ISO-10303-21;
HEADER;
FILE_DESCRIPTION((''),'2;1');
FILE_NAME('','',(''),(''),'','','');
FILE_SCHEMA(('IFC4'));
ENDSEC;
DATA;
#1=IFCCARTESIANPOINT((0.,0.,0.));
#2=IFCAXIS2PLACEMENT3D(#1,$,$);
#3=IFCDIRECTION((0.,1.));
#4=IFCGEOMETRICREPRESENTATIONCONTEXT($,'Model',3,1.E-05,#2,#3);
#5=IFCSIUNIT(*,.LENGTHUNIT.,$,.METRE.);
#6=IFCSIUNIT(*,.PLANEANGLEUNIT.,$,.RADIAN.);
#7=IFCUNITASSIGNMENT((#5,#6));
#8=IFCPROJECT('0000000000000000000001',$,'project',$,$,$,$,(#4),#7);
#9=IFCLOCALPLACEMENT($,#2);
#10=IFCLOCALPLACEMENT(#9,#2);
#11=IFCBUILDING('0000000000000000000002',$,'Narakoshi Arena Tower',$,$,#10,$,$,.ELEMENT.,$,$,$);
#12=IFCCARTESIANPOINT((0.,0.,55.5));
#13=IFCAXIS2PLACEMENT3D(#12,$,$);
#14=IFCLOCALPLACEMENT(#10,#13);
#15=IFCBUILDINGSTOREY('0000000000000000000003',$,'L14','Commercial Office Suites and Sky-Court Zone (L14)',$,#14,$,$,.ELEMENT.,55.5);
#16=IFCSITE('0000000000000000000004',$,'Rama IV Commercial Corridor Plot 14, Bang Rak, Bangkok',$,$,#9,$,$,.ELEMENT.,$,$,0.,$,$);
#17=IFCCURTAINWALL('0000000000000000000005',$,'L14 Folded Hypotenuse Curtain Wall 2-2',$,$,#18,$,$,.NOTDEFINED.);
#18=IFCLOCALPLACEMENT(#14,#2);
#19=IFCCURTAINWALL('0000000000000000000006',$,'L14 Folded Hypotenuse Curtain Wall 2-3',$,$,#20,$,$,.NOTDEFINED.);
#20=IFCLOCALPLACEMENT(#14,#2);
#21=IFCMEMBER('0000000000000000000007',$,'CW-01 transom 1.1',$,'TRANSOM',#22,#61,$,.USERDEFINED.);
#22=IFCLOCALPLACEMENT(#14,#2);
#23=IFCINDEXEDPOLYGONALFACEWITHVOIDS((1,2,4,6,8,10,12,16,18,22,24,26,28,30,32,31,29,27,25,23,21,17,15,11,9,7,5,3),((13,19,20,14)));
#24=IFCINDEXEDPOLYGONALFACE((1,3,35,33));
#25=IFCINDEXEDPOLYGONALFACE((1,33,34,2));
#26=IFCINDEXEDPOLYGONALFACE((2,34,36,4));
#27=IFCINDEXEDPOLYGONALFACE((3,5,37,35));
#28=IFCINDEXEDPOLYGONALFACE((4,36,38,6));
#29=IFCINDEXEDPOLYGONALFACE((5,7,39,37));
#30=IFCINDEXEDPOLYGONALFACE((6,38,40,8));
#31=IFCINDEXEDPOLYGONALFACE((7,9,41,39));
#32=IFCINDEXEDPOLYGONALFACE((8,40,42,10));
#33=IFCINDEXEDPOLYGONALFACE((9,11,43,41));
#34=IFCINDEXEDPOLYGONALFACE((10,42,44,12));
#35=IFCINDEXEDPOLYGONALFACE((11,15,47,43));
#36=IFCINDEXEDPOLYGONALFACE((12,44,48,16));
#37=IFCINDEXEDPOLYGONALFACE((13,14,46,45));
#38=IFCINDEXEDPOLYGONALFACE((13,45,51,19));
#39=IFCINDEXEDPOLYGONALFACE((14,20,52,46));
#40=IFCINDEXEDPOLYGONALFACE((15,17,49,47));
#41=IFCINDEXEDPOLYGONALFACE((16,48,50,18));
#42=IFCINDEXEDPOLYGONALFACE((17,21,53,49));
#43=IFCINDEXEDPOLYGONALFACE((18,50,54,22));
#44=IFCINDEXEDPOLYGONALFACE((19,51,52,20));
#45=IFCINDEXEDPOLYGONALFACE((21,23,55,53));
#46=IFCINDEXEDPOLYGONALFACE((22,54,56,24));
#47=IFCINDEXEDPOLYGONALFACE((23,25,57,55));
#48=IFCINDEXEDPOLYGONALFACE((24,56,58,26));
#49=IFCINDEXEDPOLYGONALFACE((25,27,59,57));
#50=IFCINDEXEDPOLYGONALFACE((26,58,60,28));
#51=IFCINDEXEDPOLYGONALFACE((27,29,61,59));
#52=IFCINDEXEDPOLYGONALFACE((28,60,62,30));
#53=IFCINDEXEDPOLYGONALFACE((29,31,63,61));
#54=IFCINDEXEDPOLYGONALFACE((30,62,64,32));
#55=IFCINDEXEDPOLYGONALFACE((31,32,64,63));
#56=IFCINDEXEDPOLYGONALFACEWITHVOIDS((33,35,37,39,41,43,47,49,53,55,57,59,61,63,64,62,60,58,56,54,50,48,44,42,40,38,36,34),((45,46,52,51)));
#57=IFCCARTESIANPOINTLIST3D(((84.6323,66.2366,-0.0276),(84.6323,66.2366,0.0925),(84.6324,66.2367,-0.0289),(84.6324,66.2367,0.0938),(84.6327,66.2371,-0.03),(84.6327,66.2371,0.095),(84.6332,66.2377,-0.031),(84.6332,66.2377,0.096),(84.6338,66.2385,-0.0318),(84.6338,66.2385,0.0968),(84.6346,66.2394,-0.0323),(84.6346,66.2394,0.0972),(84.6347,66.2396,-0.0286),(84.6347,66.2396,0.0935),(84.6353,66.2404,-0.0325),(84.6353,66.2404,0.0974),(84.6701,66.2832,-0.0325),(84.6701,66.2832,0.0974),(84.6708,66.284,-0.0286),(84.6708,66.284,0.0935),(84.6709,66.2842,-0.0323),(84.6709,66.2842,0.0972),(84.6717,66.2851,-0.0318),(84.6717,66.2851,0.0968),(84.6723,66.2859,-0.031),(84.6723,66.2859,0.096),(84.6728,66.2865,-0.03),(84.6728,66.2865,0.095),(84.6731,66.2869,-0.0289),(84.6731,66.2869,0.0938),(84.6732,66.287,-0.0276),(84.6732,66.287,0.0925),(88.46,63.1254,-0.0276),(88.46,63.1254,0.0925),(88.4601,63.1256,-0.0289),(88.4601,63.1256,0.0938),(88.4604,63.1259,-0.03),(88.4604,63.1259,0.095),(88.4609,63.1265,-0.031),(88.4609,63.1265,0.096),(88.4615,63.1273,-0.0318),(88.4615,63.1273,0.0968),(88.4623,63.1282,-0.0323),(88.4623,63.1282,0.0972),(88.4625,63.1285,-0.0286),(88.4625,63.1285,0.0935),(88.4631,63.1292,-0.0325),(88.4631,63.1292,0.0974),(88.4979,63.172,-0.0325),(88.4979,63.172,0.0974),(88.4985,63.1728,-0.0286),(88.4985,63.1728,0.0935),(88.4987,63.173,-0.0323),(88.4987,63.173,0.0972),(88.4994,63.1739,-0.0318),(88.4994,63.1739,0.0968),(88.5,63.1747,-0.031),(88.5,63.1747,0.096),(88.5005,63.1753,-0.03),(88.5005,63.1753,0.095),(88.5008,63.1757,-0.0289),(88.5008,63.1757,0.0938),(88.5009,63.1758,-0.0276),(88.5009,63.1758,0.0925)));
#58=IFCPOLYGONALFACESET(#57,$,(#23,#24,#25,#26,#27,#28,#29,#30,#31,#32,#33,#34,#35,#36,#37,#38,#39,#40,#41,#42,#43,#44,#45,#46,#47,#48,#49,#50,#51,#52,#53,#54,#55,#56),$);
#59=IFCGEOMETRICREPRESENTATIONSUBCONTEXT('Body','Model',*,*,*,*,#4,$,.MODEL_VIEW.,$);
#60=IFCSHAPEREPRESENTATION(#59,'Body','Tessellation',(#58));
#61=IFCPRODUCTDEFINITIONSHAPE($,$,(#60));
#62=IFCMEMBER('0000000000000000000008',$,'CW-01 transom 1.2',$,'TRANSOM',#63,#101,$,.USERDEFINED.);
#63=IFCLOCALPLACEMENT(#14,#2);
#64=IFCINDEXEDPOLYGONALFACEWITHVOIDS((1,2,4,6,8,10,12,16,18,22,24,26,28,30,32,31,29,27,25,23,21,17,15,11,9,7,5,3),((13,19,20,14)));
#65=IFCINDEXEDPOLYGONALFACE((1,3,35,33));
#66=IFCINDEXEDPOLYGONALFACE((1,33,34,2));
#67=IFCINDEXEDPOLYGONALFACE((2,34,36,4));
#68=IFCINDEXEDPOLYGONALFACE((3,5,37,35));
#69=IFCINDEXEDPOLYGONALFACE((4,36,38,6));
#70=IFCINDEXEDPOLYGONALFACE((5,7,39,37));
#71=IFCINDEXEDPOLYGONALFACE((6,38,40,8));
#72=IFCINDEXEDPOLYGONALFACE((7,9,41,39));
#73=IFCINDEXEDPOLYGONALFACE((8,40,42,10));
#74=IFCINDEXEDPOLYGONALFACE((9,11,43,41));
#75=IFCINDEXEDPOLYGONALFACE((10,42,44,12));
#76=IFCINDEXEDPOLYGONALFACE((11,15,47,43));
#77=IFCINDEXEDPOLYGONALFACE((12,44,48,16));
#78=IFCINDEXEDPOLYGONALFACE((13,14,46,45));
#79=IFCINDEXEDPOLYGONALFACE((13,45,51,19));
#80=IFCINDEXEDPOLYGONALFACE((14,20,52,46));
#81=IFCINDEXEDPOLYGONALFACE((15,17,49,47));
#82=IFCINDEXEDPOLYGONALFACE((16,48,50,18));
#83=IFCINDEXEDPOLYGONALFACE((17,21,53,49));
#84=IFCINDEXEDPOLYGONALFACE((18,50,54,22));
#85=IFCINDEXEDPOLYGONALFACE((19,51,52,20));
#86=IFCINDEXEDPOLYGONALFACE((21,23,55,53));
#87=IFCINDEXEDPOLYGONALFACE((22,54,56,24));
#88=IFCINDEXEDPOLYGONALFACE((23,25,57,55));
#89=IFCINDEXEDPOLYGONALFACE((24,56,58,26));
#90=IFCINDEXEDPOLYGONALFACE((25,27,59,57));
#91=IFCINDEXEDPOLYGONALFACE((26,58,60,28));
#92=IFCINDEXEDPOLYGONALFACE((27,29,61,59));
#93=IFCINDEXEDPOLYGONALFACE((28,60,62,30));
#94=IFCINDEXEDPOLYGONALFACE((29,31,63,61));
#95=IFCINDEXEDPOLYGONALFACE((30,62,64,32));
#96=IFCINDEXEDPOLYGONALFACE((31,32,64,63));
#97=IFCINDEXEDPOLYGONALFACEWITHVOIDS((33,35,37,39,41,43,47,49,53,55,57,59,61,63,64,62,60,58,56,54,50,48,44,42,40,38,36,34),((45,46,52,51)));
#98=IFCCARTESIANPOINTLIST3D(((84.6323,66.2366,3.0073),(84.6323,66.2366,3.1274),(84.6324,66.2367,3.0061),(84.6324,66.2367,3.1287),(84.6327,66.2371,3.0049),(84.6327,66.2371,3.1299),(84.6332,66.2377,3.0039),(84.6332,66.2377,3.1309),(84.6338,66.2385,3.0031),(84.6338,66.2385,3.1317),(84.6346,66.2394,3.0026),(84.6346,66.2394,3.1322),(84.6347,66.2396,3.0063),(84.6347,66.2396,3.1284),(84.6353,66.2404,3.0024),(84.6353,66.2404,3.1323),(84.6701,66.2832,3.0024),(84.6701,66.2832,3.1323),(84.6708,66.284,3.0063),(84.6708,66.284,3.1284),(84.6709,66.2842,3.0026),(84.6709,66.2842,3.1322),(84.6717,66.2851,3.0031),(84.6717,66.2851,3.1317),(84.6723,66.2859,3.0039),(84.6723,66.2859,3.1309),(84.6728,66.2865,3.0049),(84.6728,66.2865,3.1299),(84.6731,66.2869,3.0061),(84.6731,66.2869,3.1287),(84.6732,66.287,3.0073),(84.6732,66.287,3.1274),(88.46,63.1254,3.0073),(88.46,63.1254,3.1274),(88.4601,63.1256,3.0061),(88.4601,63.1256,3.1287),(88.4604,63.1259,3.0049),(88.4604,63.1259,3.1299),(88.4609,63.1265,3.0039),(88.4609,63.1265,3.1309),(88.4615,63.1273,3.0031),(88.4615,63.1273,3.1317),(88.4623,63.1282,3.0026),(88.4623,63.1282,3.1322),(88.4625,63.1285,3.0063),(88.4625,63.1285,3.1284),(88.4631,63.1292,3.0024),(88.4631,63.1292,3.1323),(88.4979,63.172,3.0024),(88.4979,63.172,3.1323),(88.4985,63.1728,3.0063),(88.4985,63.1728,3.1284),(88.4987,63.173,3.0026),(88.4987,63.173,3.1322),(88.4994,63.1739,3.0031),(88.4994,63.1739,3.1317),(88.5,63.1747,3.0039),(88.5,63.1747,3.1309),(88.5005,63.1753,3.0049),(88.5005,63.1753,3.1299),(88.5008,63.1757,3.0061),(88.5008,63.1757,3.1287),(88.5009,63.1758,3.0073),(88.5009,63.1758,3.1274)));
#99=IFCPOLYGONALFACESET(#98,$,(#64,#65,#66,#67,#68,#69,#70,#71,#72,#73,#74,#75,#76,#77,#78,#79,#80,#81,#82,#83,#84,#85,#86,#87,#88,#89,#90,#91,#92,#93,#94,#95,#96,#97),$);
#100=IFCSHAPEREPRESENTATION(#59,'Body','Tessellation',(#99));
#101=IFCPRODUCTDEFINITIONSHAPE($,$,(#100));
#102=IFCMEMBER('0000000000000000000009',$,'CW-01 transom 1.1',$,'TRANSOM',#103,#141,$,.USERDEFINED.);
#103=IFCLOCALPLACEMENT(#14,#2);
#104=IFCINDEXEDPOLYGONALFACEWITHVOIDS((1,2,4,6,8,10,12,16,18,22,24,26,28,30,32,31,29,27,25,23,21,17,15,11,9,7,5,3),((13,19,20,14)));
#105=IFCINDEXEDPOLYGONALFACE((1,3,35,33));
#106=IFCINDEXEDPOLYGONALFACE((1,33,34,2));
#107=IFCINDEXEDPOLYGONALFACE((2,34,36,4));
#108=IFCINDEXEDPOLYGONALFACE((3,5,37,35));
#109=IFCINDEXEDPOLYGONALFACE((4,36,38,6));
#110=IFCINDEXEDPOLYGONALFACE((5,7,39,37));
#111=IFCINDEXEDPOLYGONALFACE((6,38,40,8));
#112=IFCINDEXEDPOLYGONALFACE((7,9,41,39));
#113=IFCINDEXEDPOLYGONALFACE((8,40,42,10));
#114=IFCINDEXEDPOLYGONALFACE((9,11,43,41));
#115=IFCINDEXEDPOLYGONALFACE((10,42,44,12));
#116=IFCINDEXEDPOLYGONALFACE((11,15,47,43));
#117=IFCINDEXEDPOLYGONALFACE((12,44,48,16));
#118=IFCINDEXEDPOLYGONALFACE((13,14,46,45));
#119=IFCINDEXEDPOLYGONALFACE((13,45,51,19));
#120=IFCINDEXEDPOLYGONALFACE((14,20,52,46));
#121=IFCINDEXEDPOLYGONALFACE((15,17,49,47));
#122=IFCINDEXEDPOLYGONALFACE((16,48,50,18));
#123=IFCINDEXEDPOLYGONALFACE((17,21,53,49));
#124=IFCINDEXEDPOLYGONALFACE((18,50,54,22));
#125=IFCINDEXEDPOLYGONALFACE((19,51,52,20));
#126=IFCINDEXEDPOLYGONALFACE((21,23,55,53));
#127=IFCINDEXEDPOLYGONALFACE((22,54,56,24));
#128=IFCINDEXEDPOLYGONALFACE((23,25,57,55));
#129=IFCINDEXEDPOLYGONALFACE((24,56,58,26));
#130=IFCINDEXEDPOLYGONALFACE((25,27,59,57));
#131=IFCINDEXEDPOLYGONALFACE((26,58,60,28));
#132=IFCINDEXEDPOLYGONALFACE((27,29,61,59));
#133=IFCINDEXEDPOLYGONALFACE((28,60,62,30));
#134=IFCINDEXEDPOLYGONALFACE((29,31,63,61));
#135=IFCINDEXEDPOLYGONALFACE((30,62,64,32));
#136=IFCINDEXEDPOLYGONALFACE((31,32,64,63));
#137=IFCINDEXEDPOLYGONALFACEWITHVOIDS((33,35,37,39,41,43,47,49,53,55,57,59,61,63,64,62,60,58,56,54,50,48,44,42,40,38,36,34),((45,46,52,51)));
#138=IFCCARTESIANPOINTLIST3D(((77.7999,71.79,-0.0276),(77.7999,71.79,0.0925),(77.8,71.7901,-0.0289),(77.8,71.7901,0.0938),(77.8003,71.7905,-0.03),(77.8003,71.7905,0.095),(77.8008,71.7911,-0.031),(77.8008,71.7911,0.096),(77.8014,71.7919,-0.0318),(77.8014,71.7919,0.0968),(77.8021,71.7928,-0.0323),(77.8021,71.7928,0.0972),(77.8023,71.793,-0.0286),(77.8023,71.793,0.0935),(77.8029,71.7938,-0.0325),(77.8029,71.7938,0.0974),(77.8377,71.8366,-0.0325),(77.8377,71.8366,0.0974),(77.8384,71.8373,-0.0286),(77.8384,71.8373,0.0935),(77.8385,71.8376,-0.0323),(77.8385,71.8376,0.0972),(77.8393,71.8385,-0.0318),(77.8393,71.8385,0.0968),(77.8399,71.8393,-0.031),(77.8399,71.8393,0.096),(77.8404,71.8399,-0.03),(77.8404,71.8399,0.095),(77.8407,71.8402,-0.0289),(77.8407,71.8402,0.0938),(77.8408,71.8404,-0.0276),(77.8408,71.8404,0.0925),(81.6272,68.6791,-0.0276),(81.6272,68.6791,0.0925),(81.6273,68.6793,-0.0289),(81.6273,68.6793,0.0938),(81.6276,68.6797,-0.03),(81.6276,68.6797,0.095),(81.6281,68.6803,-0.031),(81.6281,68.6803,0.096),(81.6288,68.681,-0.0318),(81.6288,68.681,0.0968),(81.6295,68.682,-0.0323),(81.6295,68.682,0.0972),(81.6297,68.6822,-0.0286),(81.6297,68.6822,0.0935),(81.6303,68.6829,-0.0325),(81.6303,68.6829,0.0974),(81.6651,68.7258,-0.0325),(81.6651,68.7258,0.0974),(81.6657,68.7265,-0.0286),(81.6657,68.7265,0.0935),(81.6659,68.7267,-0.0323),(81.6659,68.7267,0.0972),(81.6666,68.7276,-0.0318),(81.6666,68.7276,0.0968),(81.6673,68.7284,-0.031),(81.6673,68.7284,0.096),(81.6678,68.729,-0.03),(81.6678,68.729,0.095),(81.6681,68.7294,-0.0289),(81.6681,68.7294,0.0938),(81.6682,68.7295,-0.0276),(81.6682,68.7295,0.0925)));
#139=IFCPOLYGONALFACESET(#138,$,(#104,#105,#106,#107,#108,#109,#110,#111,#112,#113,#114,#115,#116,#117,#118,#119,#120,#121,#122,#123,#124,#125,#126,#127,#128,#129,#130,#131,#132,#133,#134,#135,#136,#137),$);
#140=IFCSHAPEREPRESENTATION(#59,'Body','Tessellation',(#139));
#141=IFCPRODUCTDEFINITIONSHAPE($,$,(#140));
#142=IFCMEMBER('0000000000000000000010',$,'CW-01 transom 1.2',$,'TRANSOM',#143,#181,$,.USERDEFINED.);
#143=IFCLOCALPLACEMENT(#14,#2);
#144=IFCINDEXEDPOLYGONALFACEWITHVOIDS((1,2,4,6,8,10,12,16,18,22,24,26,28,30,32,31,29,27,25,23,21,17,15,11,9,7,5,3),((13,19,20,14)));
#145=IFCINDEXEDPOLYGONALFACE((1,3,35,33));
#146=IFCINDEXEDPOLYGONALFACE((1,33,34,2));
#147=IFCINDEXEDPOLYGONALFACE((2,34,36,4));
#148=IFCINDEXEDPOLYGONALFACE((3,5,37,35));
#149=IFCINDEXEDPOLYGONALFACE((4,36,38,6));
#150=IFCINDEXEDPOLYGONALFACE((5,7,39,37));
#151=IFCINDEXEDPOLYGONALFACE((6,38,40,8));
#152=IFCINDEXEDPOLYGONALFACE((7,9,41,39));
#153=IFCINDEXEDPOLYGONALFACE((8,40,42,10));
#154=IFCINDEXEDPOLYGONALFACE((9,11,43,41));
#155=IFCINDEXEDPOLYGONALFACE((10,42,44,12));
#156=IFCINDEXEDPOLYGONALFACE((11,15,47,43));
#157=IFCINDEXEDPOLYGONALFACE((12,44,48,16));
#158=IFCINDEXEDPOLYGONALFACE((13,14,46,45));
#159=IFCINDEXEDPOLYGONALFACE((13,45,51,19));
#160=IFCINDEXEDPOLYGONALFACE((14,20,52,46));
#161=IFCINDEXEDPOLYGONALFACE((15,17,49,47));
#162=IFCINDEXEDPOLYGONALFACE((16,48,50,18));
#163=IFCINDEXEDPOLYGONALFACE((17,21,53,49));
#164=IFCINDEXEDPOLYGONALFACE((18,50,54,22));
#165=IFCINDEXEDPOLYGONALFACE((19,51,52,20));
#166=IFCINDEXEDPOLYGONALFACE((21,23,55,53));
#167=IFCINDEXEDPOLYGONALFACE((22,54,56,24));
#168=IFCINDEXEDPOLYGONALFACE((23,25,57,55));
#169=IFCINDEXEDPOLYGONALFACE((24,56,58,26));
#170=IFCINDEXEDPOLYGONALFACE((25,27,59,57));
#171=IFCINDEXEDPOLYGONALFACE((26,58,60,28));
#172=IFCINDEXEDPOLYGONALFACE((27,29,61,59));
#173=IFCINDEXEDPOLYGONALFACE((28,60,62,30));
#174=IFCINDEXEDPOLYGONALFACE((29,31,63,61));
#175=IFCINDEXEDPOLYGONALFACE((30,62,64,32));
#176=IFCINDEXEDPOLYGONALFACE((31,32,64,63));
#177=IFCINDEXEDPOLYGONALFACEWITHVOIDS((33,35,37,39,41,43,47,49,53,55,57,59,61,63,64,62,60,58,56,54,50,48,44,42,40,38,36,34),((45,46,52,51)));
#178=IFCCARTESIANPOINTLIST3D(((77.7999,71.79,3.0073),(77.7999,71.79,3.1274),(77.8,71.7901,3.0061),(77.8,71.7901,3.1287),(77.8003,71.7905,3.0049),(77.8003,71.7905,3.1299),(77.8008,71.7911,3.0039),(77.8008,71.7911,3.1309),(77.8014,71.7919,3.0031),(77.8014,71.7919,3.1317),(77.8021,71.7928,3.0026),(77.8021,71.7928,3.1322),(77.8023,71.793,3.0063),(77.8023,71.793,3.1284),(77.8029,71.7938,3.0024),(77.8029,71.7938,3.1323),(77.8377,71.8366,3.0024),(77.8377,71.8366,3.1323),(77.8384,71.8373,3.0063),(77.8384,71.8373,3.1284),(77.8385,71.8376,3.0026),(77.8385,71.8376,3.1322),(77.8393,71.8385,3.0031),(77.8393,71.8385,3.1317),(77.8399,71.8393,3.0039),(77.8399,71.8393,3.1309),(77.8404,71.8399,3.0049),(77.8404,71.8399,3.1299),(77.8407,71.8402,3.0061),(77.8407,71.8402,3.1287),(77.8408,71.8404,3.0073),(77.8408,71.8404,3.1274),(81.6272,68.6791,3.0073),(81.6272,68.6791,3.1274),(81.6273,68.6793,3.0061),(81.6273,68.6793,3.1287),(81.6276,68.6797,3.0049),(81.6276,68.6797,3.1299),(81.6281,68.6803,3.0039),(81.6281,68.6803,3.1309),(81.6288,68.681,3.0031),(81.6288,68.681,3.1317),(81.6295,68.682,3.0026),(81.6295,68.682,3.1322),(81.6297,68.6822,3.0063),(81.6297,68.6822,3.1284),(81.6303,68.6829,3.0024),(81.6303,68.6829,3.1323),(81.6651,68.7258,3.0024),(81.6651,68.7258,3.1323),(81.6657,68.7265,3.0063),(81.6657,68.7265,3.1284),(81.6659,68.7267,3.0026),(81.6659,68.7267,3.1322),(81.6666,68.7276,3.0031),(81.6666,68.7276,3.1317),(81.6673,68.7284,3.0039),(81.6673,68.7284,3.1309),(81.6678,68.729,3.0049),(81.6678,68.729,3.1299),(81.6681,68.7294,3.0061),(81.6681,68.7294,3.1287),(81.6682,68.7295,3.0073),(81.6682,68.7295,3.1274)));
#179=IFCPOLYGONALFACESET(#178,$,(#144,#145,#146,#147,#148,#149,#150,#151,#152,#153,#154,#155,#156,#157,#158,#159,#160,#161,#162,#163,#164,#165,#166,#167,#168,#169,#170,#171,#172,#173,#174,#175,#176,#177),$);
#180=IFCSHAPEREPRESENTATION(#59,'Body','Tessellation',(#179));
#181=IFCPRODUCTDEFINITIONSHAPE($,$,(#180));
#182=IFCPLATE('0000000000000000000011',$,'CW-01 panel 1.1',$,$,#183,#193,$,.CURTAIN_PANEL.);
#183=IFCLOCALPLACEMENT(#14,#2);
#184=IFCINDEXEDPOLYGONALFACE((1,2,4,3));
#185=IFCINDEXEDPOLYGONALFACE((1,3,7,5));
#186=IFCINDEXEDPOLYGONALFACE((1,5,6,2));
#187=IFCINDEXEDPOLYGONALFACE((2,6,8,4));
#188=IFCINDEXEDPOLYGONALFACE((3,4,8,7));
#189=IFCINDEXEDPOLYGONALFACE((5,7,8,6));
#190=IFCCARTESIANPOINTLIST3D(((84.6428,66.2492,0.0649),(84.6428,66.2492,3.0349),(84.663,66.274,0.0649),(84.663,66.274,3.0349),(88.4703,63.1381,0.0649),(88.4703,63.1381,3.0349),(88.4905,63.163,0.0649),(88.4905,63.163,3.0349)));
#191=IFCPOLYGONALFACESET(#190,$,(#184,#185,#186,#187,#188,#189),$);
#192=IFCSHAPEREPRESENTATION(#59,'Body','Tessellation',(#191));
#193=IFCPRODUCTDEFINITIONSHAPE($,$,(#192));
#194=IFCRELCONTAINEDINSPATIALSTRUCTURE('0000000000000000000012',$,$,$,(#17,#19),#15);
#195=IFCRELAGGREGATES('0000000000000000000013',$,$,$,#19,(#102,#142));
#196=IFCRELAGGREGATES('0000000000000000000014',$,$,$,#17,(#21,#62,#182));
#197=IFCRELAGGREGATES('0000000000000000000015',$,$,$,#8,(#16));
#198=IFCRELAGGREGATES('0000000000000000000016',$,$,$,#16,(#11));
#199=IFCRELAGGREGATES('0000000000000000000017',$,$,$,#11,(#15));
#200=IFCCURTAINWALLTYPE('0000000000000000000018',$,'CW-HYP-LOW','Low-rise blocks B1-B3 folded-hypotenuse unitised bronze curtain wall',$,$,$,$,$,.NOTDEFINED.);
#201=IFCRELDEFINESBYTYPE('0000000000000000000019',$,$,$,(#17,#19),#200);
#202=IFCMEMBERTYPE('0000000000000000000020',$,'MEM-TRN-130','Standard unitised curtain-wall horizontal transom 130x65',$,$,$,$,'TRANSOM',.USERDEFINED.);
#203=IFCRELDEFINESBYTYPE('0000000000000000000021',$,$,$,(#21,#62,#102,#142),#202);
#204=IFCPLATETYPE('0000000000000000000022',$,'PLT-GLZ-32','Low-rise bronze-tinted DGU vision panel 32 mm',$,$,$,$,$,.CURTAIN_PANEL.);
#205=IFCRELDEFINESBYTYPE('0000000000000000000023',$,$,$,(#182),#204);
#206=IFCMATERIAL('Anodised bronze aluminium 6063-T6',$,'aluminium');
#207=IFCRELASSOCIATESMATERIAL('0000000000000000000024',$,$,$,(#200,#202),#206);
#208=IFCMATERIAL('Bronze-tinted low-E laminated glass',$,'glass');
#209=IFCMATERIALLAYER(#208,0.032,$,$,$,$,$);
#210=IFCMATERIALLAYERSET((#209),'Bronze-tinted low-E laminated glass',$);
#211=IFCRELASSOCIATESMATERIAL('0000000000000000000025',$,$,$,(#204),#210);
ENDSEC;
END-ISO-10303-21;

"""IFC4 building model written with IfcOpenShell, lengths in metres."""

from ifc_helpers import new_model, si_unit, direction, frame, origin, origin_2d, place, context, subcontext, project, spatial, rectangle, hollow_rectangle, extrude, material, layer, layer_set, material_profile, profile_set, type_object, element, aggregate, save


model = new_model("IFC4")

# Units and contexts
model_context = context("Model", 3, precision=1e-05, world=origin(), true_north=direction((0.0, 1.0)))
body_context = subcontext(model_context, "Body", "Model", "MODEL_VIEW")
ifc_project = project(units=[si_unit("LENGTHUNIT", "METRE"), si_unit("PLANEANGLEUNIT", "RADIAN")], contexts=[model_context])

# Site, building, storey
site_placement = place(None, origin())
site = spatial("IfcSite", under=ifc_project, at=site_placement, Name="Rama IV Commercial Corridor Plot 14, Bang Rak, Bangkok", CompositionType="ELEMENT", RefElevation=0.0)
building_placement = place(site_placement, origin())
building = spatial("IfcBuilding", under=site, at=building_placement, Name="Narakoshi Arena Tower", CompositionType="ELEMENT")
storey_placement = place(building_placement, frame((0.0, 0.0, 55.5)))
storey = spatial("IfcBuildingStorey", under=building, at=storey_placement, Name="L14", Description="Commercial Office Suites and Sky-Court Zone (L14)", CompositionType="ELEMENT", Elevation=55.5)

# Curtain wall
ifc_material_1 = material(Name="Anodised bronze aluminium 6063-T6", Category="aluminium")
curtain_wall_type = type_object("IfcCurtainWallType", Name="CW-HYP-LOW", Description="Low-rise blocks B1-B3 folded-hypotenuse unitised bronze curtain wall", PredefinedType="NOTDEFINED", material=ifc_material_1)
curtain_wall_1_placement = place(storey_placement, origin())
curtain_wall_1 = element("IfcCurtainWall", 1, at=curtain_wall_1_placement, inside=storey, type_object=curtain_wall_type, Name="L14 Folded Hypotenuse Curtain Wall 2-2", PredefinedType="NOTDEFINED")

# Curtain wall
curtain_wall_2_placement = place(storey_placement, origin())
curtain_wall_2 = element("IfcCurtainWall", 2, at=curtain_wall_2_placement, inside=storey, type_object=curtain_wall_type, Name="L14 Folded Hypotenuse Curtain Wall 2-3", PredefinedType="NOTDEFINED")

# Members
ifc_material_profile_1 = material_profile(ifc_material_1, hollow_rectangle(XDim=0.0649, YDim=0.1299, WallThickness=0.0039, OuterFilletRadius=0.0049, at=origin_2d()), Name="TRN130x65x4")
ifc_profile_set_1 = profile_set([ifc_material_profile_1], Name="Anodised bronze aluminium 6063-T6")
member_type_1 = type_object("IfcMemberType", Name="MEM-TRN-130", Description="Standard unitised curtain-wall horizontal transom 130x65", ElementType="TRANSOM", PredefinedType="USERDEFINED", material=ifc_profile_set_1)
member_1_placement = place(storey_placement, frame((88.4805, 63.1506, 0.0325), z_axis=(-0.776002, 0.630731, 0.0), x_axis=(-0.630731, -0.776002, 0.0)))
member_1 = element("IfcMember", 3, at=member_1_placement, type_object=member_type_1, Name="CW-01 transom 1.1", ObjectType="TRANSOM", PredefinedType="USERDEFINED", context=body_context, shape_type="SweptSolid", body=[
    extrude(hollow_rectangle(XDim=0.0649, YDim=0.1299, WallThickness=0.0039, OuterFilletRadius=0.0049, at=origin_2d()), origin(), (0.0, 0.0, 1.0), 4.9326),
])
member_2_placement = place(storey_placement, frame((88.4805, 63.1506, 3.0674), z_axis=(-0.776002, 0.630731, 0.0), x_axis=(-0.630731, -0.776002, 0.0)))
member_2 = element("IfcMember", 4, at=member_2_placement, type_object=member_type_1, Name="CW-01 transom 1.2", ObjectType="TRANSOM", PredefinedType="USERDEFINED", context=body_context, shape_type="SweptSolid", body=[
    extrude(hollow_rectangle(XDim=0.0649, YDim=0.1299, WallThickness=0.0039, OuterFilletRadius=0.0049, at=origin_2d()), origin(), (0.0, 0.0, 1.0), 4.9326),
])
member_3_placement = place(storey_placement, frame((81.6477, 68.7043, 0.0325), z_axis=(-0.776006, 0.630725, 0.0), x_axis=(-0.630725, -0.776006, 0.0)))
member_3 = element("IfcMember", 5, at=member_3_placement, type_object=member_type_1, Name="CW-01 transom 1.1", ObjectType="TRANSOM", PredefinedType="USERDEFINED", context=body_context, shape_type="SweptSolid", body=[
    extrude(hollow_rectangle(XDim=0.0649, YDim=0.1299, WallThickness=0.0039, OuterFilletRadius=0.0049, at=origin_2d()), origin(), (0.0, 0.0, 1.0), 4.9321),
])
member_4_placement = place(storey_placement, frame((81.6477, 68.7043, 3.0674), z_axis=(-0.776006, 0.630725, 0.0), x_axis=(-0.630725, -0.776006, 0.0)))
member_4 = element("IfcMember", 6, at=member_4_placement, type_object=member_type_1, Name="CW-01 transom 1.2", ObjectType="TRANSOM", PredefinedType="USERDEFINED", context=body_context, shape_type="SweptSolid", body=[
    extrude(hollow_rectangle(XDim=0.0649, YDim=0.1299, WallThickness=0.0039, OuterFilletRadius=0.0049, at=origin_2d()), origin(), (0.0, 0.0, 1.0), 4.9321),
])
aggregate(curtain_wall_2, [member_3, member_4])

# Plate
ifc_material_2 = material(Name="Bronze-tinted low-E laminated glass", Category="glass")
ifc_layer_1 = layer(ifc_material_2, 0.032)
ifc_layer_set_1 = layer_set([ifc_layer_1], Name="Bronze-tinted low-E laminated glass")
plate_type = type_object("IfcPlateType", Name="PLT-GLZ-32", Description="Low-rise bronze-tinted DGU vision panel 32 mm", PredefinedType="CURTAIN_PANEL", material=ifc_layer_set_1)
plate_placement = place(storey_placement, frame((86.5667, 64.7061, 0.0649), z_axis=(0.0, 0.0, 1.0), x_axis=(-0.775998, 0.630735, 0.0)))
plate = element("IfcPlate", 7, at=plate_placement, type_object=plate_type, Name="CW-01 panel 1.1", PredefinedType="CURTAIN_PANEL", context=body_context, shape_type="SweptSolid", body=[
    extrude(rectangle(XDim=4.9324, YDim=0.032, at=origin_2d()), origin(), (0.0, 0.0, 1.0), 2.97),
])
aggregate(curtain_wall_1, [member_1, member_2, plate])

save(model, "model.ifc")
